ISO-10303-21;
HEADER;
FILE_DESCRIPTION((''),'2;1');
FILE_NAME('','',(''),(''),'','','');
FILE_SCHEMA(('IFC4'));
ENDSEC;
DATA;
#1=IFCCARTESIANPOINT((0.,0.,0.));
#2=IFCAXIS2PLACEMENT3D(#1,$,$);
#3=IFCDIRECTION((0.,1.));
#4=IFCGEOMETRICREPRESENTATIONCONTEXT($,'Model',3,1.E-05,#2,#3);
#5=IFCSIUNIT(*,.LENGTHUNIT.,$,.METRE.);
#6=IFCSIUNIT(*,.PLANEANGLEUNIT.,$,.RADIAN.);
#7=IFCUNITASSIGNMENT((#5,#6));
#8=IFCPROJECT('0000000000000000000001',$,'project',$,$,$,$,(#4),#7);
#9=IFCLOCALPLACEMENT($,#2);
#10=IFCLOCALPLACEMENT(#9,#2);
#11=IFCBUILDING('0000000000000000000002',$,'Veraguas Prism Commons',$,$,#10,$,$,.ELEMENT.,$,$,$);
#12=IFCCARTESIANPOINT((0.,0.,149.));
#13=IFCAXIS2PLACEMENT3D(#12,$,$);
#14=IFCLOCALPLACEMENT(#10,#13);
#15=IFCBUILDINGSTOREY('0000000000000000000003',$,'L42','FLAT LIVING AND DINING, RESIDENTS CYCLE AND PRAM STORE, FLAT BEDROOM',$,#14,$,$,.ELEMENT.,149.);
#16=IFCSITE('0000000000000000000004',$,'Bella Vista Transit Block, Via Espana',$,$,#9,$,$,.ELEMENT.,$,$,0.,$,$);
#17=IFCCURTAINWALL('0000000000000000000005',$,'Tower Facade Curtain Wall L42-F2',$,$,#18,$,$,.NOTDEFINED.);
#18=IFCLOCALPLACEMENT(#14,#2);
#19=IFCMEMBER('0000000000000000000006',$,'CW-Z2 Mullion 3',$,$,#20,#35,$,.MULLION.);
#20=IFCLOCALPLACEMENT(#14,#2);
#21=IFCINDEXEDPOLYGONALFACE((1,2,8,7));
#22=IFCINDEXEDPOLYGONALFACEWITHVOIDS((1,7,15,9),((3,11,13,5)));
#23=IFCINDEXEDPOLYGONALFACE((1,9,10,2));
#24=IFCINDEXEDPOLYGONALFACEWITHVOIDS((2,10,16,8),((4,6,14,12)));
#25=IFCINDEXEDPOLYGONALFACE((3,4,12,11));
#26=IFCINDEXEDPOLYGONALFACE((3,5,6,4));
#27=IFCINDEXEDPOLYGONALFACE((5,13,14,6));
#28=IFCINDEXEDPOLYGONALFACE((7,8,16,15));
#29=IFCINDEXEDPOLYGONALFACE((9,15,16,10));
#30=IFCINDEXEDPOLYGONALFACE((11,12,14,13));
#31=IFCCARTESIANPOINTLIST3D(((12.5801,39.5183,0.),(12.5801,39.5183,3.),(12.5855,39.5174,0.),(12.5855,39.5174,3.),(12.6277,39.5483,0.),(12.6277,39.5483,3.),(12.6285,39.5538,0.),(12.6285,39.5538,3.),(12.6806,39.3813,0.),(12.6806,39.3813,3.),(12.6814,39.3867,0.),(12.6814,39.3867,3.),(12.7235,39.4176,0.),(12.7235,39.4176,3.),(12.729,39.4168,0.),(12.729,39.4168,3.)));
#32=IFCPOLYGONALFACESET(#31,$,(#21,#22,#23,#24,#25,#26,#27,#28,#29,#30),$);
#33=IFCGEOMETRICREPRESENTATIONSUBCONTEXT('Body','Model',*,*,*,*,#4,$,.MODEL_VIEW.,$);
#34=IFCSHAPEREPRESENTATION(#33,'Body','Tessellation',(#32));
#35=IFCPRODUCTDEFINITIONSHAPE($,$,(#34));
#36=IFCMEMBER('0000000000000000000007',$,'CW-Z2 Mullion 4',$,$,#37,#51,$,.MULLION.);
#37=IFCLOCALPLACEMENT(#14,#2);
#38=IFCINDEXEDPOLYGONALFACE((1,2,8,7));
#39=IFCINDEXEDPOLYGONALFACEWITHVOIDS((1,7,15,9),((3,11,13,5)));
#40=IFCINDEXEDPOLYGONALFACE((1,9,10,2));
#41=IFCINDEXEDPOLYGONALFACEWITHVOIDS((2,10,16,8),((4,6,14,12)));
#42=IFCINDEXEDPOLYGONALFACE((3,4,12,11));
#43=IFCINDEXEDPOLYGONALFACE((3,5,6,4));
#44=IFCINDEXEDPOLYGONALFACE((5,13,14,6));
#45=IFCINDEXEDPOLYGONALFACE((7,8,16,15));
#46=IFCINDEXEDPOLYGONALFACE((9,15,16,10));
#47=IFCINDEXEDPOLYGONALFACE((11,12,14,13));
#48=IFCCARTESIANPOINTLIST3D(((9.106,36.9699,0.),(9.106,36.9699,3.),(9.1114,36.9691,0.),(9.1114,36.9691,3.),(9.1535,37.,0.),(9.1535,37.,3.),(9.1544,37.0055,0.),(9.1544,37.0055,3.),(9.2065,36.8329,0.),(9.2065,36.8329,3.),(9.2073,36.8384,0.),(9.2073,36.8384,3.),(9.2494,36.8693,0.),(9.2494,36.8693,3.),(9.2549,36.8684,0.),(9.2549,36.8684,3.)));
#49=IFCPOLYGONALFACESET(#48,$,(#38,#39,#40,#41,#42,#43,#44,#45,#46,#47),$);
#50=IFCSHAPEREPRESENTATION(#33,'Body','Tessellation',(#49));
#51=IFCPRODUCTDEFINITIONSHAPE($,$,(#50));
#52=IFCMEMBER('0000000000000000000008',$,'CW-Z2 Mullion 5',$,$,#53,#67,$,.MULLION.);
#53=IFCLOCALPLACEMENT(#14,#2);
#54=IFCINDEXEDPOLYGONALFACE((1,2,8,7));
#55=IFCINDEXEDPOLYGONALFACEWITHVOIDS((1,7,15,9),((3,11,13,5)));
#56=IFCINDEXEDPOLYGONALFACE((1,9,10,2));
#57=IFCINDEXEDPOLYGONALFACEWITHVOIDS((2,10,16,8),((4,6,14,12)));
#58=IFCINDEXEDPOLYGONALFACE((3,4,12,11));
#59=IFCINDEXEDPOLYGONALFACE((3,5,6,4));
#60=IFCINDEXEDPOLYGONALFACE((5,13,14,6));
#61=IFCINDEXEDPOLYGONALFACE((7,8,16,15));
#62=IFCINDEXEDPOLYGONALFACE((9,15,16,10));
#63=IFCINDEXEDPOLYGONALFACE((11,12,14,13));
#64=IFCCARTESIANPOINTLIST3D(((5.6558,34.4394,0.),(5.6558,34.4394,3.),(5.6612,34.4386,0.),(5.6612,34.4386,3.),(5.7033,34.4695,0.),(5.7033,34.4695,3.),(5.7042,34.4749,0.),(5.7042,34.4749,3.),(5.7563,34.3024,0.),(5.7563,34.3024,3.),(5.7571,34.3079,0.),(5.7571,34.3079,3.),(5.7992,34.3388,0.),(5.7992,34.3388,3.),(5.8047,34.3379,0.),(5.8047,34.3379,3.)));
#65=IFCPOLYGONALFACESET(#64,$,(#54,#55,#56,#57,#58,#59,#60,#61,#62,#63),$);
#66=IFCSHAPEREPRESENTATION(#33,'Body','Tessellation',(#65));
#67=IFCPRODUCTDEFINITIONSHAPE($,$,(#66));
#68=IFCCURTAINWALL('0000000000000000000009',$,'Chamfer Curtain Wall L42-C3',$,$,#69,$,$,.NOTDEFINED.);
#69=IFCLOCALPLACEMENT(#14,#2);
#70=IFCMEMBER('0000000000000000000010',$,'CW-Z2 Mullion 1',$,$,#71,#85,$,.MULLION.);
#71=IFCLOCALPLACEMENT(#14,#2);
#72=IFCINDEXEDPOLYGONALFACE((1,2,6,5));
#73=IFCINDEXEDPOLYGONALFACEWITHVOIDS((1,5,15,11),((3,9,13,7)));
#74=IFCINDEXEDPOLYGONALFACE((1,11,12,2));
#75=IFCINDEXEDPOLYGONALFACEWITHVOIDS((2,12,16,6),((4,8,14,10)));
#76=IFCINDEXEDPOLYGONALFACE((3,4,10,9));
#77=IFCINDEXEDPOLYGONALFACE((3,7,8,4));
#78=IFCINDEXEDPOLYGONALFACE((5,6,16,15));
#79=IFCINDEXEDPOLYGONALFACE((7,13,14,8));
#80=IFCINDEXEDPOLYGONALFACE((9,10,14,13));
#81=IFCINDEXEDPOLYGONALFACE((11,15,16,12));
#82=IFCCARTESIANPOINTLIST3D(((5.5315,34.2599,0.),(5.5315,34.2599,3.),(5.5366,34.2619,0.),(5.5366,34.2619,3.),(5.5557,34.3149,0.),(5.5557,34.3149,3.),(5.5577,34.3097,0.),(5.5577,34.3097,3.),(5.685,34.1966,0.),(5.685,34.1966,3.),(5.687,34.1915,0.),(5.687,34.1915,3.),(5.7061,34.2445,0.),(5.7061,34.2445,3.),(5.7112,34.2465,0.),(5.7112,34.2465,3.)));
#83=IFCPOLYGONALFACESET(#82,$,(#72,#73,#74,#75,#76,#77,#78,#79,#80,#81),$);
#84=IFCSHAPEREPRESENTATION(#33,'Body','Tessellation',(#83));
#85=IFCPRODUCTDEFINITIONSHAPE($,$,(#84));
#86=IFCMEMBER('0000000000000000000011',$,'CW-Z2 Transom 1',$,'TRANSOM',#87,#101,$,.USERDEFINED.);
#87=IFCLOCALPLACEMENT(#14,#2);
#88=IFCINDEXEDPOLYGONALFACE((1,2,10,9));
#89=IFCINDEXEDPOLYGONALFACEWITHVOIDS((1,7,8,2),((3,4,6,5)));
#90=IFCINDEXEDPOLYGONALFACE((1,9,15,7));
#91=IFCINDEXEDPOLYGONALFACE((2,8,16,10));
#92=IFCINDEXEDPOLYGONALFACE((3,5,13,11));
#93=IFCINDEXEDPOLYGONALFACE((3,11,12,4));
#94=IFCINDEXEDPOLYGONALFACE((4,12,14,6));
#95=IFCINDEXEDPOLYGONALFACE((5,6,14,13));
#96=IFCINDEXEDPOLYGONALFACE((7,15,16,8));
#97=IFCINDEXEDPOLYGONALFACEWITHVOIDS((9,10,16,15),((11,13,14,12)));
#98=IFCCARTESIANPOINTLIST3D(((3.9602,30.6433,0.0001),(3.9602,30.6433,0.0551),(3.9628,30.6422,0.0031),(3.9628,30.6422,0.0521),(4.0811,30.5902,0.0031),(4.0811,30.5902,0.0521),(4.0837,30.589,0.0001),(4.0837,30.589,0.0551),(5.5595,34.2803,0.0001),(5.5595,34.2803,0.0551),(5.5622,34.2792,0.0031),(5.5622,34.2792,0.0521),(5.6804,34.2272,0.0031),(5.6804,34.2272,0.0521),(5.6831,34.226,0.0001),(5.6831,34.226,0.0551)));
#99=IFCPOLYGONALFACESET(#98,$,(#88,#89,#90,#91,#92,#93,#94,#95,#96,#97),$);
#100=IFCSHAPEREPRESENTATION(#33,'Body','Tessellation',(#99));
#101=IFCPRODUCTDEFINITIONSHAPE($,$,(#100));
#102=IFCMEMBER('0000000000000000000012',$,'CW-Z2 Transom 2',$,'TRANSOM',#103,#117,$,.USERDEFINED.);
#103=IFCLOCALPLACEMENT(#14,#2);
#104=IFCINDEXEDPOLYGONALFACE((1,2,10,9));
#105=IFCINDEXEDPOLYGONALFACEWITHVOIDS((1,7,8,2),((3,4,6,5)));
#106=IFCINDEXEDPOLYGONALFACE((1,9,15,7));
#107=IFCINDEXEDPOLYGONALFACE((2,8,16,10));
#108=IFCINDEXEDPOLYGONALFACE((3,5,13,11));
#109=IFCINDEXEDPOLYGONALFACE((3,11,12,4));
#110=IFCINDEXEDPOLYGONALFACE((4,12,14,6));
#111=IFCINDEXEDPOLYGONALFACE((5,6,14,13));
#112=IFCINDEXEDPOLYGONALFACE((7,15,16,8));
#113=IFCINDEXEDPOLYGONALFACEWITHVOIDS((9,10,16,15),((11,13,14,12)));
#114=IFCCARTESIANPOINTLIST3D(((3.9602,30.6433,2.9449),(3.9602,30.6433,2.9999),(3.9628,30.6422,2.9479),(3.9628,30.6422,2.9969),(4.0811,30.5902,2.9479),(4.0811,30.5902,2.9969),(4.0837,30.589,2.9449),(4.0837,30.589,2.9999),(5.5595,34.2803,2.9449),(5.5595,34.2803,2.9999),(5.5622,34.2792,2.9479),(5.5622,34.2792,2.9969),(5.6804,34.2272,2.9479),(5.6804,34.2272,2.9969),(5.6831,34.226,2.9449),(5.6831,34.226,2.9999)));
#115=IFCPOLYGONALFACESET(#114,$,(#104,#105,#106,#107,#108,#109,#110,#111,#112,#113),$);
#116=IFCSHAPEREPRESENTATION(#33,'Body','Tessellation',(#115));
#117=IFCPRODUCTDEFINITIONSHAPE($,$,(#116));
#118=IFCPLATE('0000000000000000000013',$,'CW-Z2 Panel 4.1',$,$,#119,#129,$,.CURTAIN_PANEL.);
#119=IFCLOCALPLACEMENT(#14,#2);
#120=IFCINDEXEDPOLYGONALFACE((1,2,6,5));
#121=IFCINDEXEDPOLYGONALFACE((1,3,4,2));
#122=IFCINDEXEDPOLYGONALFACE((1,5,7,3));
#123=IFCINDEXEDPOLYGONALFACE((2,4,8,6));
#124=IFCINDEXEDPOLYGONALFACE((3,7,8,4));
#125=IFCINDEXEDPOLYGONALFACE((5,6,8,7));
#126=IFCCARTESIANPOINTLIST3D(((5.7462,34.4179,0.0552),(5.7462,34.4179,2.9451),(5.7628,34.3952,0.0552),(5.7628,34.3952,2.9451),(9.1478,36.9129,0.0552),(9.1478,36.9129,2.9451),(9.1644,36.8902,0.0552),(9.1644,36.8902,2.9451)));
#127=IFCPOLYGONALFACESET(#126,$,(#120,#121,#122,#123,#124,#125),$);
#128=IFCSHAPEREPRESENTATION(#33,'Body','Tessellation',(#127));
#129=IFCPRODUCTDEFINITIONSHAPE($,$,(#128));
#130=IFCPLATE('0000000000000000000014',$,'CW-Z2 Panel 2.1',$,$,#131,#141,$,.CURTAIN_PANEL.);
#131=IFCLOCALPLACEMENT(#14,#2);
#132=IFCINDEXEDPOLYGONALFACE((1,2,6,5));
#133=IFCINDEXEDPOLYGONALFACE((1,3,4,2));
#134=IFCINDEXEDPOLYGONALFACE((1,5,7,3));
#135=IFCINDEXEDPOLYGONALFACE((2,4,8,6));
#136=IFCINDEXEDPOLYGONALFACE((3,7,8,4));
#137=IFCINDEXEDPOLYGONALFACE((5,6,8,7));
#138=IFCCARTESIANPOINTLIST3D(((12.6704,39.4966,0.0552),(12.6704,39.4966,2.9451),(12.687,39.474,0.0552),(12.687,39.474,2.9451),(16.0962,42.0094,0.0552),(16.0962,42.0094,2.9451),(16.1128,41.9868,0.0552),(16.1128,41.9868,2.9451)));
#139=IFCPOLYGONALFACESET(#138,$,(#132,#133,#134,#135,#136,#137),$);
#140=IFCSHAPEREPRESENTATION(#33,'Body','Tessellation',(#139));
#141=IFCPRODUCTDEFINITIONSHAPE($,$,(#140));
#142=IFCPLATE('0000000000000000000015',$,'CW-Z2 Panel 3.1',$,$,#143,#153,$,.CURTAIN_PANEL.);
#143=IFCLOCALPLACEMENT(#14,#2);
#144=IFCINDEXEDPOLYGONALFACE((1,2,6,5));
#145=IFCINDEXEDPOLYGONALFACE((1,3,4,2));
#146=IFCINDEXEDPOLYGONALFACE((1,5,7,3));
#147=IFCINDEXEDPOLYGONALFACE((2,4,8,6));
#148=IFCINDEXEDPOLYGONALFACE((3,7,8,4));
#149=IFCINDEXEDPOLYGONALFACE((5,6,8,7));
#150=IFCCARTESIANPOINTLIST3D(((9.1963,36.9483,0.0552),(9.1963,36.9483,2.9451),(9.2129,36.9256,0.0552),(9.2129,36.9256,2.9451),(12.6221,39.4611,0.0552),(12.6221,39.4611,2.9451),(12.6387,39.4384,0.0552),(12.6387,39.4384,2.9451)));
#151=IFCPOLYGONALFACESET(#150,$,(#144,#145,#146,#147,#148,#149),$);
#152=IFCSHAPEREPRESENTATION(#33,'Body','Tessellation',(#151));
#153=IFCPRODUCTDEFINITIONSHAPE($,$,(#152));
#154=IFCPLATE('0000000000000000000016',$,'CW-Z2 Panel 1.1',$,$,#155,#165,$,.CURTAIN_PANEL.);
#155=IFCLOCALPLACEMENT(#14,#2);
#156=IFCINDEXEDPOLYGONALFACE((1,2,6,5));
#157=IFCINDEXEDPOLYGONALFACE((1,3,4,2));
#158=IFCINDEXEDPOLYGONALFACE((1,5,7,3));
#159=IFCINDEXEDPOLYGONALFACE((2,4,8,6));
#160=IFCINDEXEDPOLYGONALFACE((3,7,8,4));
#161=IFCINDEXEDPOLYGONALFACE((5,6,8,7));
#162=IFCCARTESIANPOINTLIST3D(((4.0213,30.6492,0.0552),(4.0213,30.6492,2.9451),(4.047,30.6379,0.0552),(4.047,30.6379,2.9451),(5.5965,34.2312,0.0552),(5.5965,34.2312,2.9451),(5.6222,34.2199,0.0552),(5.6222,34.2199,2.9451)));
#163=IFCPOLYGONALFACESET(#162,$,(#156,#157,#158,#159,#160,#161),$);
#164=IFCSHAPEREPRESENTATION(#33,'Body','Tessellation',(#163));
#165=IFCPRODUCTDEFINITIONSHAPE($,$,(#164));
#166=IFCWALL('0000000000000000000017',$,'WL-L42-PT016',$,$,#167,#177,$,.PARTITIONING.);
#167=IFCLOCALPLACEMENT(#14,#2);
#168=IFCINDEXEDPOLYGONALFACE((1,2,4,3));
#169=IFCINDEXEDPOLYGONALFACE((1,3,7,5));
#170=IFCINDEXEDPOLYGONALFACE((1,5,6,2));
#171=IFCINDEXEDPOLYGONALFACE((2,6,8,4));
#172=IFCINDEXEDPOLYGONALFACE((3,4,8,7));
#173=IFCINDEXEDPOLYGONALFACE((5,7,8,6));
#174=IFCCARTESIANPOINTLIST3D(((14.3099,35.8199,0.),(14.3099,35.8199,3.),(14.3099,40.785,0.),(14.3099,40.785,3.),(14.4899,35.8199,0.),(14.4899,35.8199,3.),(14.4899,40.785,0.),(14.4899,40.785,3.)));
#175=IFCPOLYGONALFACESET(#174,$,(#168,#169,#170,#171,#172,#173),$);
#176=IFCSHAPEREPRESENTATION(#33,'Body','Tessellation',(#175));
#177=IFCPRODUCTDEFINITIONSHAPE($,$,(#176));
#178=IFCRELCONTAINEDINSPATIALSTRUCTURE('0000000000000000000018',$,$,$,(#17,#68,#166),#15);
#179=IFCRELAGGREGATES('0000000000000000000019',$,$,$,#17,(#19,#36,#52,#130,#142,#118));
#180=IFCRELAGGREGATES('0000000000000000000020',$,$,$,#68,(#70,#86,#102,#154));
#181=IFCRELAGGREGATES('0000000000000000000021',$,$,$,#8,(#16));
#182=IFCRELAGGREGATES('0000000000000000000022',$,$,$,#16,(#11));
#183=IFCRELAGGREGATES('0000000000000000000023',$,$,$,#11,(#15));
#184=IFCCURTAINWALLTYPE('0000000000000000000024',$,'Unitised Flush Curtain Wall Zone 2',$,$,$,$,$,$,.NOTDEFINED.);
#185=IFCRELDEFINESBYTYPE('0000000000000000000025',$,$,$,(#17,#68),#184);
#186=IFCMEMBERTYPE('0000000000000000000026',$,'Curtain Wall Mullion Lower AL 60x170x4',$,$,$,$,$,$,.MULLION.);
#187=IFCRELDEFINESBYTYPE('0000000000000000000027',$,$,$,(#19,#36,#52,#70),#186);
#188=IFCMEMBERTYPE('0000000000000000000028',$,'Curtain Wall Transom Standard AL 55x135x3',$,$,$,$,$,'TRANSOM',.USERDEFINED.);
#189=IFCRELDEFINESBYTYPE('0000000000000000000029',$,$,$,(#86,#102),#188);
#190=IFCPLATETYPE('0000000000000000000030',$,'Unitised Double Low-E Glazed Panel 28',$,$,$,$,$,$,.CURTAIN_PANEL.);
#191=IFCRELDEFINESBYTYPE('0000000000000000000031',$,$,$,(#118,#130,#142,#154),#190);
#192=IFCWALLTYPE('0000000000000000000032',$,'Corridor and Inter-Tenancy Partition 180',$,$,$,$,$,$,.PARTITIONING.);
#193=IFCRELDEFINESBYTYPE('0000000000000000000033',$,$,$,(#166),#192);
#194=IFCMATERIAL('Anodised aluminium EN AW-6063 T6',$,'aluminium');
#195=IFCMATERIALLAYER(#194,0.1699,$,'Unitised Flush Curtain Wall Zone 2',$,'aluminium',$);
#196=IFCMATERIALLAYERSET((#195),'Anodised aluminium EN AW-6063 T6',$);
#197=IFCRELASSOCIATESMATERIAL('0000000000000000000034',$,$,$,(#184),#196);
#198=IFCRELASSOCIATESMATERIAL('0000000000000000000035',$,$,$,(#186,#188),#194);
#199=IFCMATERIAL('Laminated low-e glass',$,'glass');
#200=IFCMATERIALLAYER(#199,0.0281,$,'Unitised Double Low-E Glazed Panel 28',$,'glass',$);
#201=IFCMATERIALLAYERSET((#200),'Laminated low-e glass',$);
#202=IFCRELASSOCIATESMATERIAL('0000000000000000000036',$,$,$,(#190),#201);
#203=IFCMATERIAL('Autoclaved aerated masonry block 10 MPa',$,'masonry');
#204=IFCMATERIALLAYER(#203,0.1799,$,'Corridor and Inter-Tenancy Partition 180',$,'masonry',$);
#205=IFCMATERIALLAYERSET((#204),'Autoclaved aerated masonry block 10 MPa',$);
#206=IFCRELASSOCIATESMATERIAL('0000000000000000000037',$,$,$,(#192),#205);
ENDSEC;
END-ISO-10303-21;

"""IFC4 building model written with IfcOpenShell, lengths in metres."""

from ifc_helpers import new_model, si_unit, direction, frame, frame_2d, origin, origin_2d, place, context, subcontext, project, spatial, rectangle, hollow_rectangle, extrude, source, transform, mapped, material, layer, layer_set, material_profile, profile_set, type_object, element, aggregate, save


model = new_model("IFC4")

# Units and contexts
model_context = context("Model", 3, precision=1e-05, world=origin(), true_north=direction((0.0, 1.0)))
body_context = subcontext(model_context, "Body", "Model", "MODEL_VIEW")
ifc_project = project(units=[si_unit("LENGTHUNIT", "METRE"), si_unit("PLANEANGLEUNIT", "RADIAN")], contexts=[model_context])

# Site, building, storey
site_placement = place(None, origin())
site = spatial("IfcSite", under=ifc_project, at=site_placement, Name="Bella Vista Transit Block, Via Espana", CompositionType="ELEMENT", RefElevation=0.0)
building_placement = place(site_placement, origin())
building = spatial("IfcBuilding", under=site, at=building_placement, Name="Veraguas Prism Commons", CompositionType="ELEMENT")
storey_placement = place(building_placement, frame((0.0, 0.0, 149.0)))
storey = spatial("IfcBuildingStorey", under=building, at=storey_placement, Name="L42", Description="FLAT LIVING AND DINING, RESIDENTS CYCLE AND PRAM STORE, FLAT BEDROOM", CompositionType="ELEMENT", Elevation=149.0)

# Curtain walls, members
ifc_material_1 = material(Name="Anodised aluminium EN AW-6063 T6", Category="aluminium")
ifc_layer_1 = layer(ifc_material_1, 0.1699, Name="Unitised Flush Curtain Wall Zone 2", Category="aluminium")
ifc_layer_set_1 = layer_set([ifc_layer_1], Name="Anodised aluminium EN AW-6063 T6")
curtain_wall_type = type_object("IfcCurtainWallType", Name="Unitised Flush Curtain Wall Zone 2", PredefinedType="NOTDEFINED", material=ifc_layer_set_1)
curtain_wall_1_placement = place(storey_placement, origin())
curtain_wall_1 = element("IfcCurtainWall", 1, at=curtain_wall_1_placement, inside=storey, type_object=curtain_wall_type, Name="Tower Facade Curtain Wall L42-F2", PredefinedType="NOTDEFINED")
ifc_material_profile_1 = material_profile(ifc_material_1, hollow_rectangle(XDim=0.0601, YDim=0.1699, WallThickness=0.0039, at=origin_2d()), Name="AL60X170X4")
ifc_profile_set_1 = profile_set([ifc_material_profile_1], Name="Anodised aluminium EN AW-6063 T6")
member_type_1 = type_object("IfcMemberType", Name="Curtain Wall Mullion Lower AL 60x170x4", PredefinedType="MULLION", material=ifc_profile_set_1)
shared_shape_1 = source(origin(), body_context, "Body", "SweptSolid", [
    extrude(hollow_rectangle(XDim=0.0601, YDim=0.1699, WallThickness=0.0039, at=origin_2d()), origin(), (0.0, 0.0, 1.0), 3.0),
])
member_1_placement = place(storey_placement, frame((12.6545, 39.4675, 0.0), z_axis=(0.0, 0.0, 1.0), x_axis=(-0.806343, -0.591448, 0.0)))
member_1 = element("IfcMember", 2, at=member_1_placement, type_object=member_type_1, Name="CW-Z2 Mullion 3", PredefinedType="MULLION", context=body_context, shape_type="MappedRepresentation", body=[
    mapped(shared_shape_1, transform((0.0, 0.0, 0.0), scale=1.0)),
])
member_2_placement = place(storey_placement, frame((9.1804, 36.9192, 0.0), z_axis=(0.0, 0.0, 1.0), x_axis=(-0.806343, -0.591448, 0.0)))
member_2 = element("IfcMember", 3, at=member_2_placement, type_object=member_type_1, Name="CW-Z2 Mullion 4", PredefinedType="MULLION", context=body_context, shape_type="MappedRepresentation", body=[
    mapped(shared_shape_1, transform((0.0, 0.0, 0.0), scale=1.0)),
])
member_3_placement = place(storey_placement, frame((5.7302, 34.3887, 0.0), z_axis=(0.0, 0.0, 1.0), x_axis=(-0.806343, -0.591448, 0.0)))
member_3 = element("IfcMember", 4, at=member_3_placement, type_object=member_type_1, Name="CW-Z2 Mullion 5", PredefinedType="MULLION", context=body_context, shape_type="MappedRepresentation", body=[
    mapped(shared_shape_1, transform((0.0, 0.0, 0.0), scale=1.0)),
])
curtain_wall_2_placement = place(storey_placement, origin())
curtain_wall_2 = element("IfcCurtainWall", 5, at=curtain_wall_2_placement, inside=storey, type_object=curtain_wall_type, Name="Chamfer Curtain Wall L42-C3", PredefinedType="NOTDEFINED")
member_4_placement = place(storey_placement, frame((5.6213, 34.2532, 0.0), z_axis=(0.0, 0.0, 1.0), x_axis=(-0.402544, -0.915401, 0.0)))
member_4 = element("IfcMember", 6, at=member_4_placement, type_object=member_type_1, Name="CW-Z2 Mullion 1", PredefinedType="MULLION", context=body_context, shape_type="MappedRepresentation", body=[
    mapped(shared_shape_1, transform((0.0, 0.0, 0.0), scale=1.0)),
])
ifc_material_profile_2 = material_profile(ifc_material_1, hollow_rectangle(XDim=0.0549, YDim=0.135, WallThickness=0.0029, at=origin_2d()), Name="AL55X135X3")
ifc_profile_set_2 = profile_set([ifc_material_profile_2], Name="Anodised aluminium EN AW-6063 T6")
member_type_2 = type_object("IfcMemberType", Name="Curtain Wall Transom Standard AL 55x135x3", ElementType="TRANSOM", PredefinedType="USERDEFINED", material=ifc_profile_set_2)
shared_shape_2 = source(origin(), body_context, "Body", "SweptSolid", [
    extrude(hollow_rectangle(XDim=0.0549, YDim=0.135, WallThickness=0.0029, at=origin_2d()), origin(), (0.0, 0.0, 1.0), 3.9731),
])
member_5_placement = place(storey_placement, frame((5.6213, 34.2532, 0.0276), z_axis=(-0.402549, -0.915398, 0.0), x_axis=(0.0, 0.0, 1.0)))
member_5 = element("IfcMember", 7, at=member_5_placement, type_object=member_type_2, Name="CW-Z2 Transom 1", ObjectType="TRANSOM", PredefinedType="USERDEFINED", context=body_context, shape_type="MappedRepresentation", body=[
    mapped(shared_shape_2, transform((0.0, 0.0, 0.0), scale=1.0)),
])
member_6_placement = place(storey_placement, frame((5.6213, 34.2532, 2.9724), z_axis=(-0.402549, -0.915398, 0.0), x_axis=(0.0, 0.0, 1.0)))
member_6 = element("IfcMember", 8, at=member_6_placement, type_object=member_type_2, Name="CW-Z2 Transom 2", ObjectType="TRANSOM", PredefinedType="USERDEFINED", context=body_context, shape_type="MappedRepresentation", body=[
    mapped(shared_shape_2, transform((0.0, 0.0, 0.0), scale=1.0)),
])

# Plates
ifc_material_2 = material(Name="Laminated low-e glass", Category="glass")
ifc_layer_2 = layer(ifc_material_2, 0.0281, Name="Unitised Double Low-E Glazed Panel 28", Category="glass")
ifc_layer_set_2 = layer_set([ifc_layer_2], Name="Laminated low-e glass")
plate_type = type_object("IfcPlateType", Name="Unitised Double Low-E Glazed Panel 28", PredefinedType="CURTAIN_PANEL", material=ifc_layer_set_2)
shared_shape_3 = source(origin(), body_context, "Body", "SweptSolid", [
    extrude(rectangle(XDim=4.2185, YDim=0.0281, at=origin_2d()), origin(), (0.0, 0.0, 1.0), 2.8899),
])
plate_1_placement = place(storey_placement, frame((7.4553, 35.6541, 0.0552), z_axis=(0.0, 0.0, 1.0), x_axis=(-0.806343, -0.591448, 0.0)))
plate_1 = element("IfcPlate", 9, at=plate_1_placement, type_object=plate_type, Name="CW-Z2 Panel 4.1", PredefinedType="CURTAIN_PANEL", context=body_context, shape_type="MappedRepresentation", body=[
    mapped(shared_shape_3, transform((0.0, 0.0, 0.0), scale=1.0)),
])
shared_shape_4 = source(origin(), body_context, "Body", "SweptSolid", [
    extrude(rectangle(XDim=4.2485, YDim=0.0281, at=origin_2d()), origin(), (0.0, 0.0, 1.0), 2.8899),
])
plate_2_placement = place(storey_placement, frame((14.3916, 40.7417, 0.0552), z_axis=(0.0, 0.0, 1.0), x_axis=(-0.806343, -0.591448, 0.0)))
plate_2 = element("IfcPlate", 10, at=plate_2_placement, type_object=plate_type, Name="CW-Z2 Panel 2.1", PredefinedType="CURTAIN_PANEL", context=body_context, shape_type="MappedRepresentation", body=[
    mapped(shared_shape_4, transform((0.0, 0.0, 0.0), scale=1.0)),
])
plate_3_placement = place(storey_placement, frame((10.9175, 38.1934, 0.0552), z_axis=(0.0, 0.0, 1.0), x_axis=(-0.806343, -0.591448, 0.0)))
plate_3 = element("IfcPlate", 11, at=plate_3_placement, type_object=plate_type, Name="CW-Z2 Panel 3.1", PredefinedType="CURTAIN_PANEL", context=body_context, shape_type="MappedRepresentation", body=[
    mapped(shared_shape_4, transform((0.0, 0.0, 0.0), scale=1.0)),
])
aggregate(curtain_wall_1, [member_1, member_2, member_3, plate_2, plate_3, plate_1])
shared_shape_5 = source(origin(), body_context, "Body", "SweptSolid", [
    extrude(rectangle(XDim=3.9131, YDim=0.0281, at=origin_2d()), origin(), (0.0, 0.0, 1.0), 2.8899),
])
plate_4_placement = place(storey_placement, frame((4.8218, 32.4346, 0.0552), z_axis=(0.0, 0.0, 1.0), x_axis=(-0.402544, -0.915401, 0.0)))
plate_4 = element("IfcPlate", 12, at=plate_4_placement, type_object=plate_type, Name="CW-Z2 Panel 1.1", PredefinedType="CURTAIN_PANEL", context=body_context, shape_type="MappedRepresentation", body=[
    mapped(shared_shape_5, transform((0.0, 0.0, 0.0), scale=1.0)),
])
aggregate(curtain_wall_2, [member_4, member_5, member_6, plate_4])

# Wall
ifc_material_3 = material(Name="Autoclaved aerated masonry block 10 MPa", Category="masonry")
ifc_layer_3 = layer(ifc_material_3, 0.1799, Name="Corridor and Inter-Tenancy Partition 180", Category="masonry")
ifc_layer_set_3 = layer_set([ifc_layer_3], Name="Autoclaved aerated masonry block 10 MPa")
wall_type_1 = type_object("IfcWallType", Name="Corridor and Inter-Tenancy Partition 180", PredefinedType="PARTITIONING", material=ifc_layer_set_3)
wall_1_placement = place(storey_placement, frame((14.3999, 35.8201, 0.0), z_axis=(0.0, 0.0, 1.0), x_axis=(0.0, 1.0, 0.0)))
element("IfcWall", 13, at=wall_1_placement, inside=storey, type_object=wall_type_1, Name="WL-L42-PT016", PredefinedType="PARTITIONING", context=body_context, shape_type="SweptSolid", body=[
    extrude(rectangle(XDim=4.9651, YDim=0.1799, at=frame_2d((2.4824, 0.0))), origin(), (0.0, 0.0, 1.0), 3.0),
])

save(model, "model.ifc")
